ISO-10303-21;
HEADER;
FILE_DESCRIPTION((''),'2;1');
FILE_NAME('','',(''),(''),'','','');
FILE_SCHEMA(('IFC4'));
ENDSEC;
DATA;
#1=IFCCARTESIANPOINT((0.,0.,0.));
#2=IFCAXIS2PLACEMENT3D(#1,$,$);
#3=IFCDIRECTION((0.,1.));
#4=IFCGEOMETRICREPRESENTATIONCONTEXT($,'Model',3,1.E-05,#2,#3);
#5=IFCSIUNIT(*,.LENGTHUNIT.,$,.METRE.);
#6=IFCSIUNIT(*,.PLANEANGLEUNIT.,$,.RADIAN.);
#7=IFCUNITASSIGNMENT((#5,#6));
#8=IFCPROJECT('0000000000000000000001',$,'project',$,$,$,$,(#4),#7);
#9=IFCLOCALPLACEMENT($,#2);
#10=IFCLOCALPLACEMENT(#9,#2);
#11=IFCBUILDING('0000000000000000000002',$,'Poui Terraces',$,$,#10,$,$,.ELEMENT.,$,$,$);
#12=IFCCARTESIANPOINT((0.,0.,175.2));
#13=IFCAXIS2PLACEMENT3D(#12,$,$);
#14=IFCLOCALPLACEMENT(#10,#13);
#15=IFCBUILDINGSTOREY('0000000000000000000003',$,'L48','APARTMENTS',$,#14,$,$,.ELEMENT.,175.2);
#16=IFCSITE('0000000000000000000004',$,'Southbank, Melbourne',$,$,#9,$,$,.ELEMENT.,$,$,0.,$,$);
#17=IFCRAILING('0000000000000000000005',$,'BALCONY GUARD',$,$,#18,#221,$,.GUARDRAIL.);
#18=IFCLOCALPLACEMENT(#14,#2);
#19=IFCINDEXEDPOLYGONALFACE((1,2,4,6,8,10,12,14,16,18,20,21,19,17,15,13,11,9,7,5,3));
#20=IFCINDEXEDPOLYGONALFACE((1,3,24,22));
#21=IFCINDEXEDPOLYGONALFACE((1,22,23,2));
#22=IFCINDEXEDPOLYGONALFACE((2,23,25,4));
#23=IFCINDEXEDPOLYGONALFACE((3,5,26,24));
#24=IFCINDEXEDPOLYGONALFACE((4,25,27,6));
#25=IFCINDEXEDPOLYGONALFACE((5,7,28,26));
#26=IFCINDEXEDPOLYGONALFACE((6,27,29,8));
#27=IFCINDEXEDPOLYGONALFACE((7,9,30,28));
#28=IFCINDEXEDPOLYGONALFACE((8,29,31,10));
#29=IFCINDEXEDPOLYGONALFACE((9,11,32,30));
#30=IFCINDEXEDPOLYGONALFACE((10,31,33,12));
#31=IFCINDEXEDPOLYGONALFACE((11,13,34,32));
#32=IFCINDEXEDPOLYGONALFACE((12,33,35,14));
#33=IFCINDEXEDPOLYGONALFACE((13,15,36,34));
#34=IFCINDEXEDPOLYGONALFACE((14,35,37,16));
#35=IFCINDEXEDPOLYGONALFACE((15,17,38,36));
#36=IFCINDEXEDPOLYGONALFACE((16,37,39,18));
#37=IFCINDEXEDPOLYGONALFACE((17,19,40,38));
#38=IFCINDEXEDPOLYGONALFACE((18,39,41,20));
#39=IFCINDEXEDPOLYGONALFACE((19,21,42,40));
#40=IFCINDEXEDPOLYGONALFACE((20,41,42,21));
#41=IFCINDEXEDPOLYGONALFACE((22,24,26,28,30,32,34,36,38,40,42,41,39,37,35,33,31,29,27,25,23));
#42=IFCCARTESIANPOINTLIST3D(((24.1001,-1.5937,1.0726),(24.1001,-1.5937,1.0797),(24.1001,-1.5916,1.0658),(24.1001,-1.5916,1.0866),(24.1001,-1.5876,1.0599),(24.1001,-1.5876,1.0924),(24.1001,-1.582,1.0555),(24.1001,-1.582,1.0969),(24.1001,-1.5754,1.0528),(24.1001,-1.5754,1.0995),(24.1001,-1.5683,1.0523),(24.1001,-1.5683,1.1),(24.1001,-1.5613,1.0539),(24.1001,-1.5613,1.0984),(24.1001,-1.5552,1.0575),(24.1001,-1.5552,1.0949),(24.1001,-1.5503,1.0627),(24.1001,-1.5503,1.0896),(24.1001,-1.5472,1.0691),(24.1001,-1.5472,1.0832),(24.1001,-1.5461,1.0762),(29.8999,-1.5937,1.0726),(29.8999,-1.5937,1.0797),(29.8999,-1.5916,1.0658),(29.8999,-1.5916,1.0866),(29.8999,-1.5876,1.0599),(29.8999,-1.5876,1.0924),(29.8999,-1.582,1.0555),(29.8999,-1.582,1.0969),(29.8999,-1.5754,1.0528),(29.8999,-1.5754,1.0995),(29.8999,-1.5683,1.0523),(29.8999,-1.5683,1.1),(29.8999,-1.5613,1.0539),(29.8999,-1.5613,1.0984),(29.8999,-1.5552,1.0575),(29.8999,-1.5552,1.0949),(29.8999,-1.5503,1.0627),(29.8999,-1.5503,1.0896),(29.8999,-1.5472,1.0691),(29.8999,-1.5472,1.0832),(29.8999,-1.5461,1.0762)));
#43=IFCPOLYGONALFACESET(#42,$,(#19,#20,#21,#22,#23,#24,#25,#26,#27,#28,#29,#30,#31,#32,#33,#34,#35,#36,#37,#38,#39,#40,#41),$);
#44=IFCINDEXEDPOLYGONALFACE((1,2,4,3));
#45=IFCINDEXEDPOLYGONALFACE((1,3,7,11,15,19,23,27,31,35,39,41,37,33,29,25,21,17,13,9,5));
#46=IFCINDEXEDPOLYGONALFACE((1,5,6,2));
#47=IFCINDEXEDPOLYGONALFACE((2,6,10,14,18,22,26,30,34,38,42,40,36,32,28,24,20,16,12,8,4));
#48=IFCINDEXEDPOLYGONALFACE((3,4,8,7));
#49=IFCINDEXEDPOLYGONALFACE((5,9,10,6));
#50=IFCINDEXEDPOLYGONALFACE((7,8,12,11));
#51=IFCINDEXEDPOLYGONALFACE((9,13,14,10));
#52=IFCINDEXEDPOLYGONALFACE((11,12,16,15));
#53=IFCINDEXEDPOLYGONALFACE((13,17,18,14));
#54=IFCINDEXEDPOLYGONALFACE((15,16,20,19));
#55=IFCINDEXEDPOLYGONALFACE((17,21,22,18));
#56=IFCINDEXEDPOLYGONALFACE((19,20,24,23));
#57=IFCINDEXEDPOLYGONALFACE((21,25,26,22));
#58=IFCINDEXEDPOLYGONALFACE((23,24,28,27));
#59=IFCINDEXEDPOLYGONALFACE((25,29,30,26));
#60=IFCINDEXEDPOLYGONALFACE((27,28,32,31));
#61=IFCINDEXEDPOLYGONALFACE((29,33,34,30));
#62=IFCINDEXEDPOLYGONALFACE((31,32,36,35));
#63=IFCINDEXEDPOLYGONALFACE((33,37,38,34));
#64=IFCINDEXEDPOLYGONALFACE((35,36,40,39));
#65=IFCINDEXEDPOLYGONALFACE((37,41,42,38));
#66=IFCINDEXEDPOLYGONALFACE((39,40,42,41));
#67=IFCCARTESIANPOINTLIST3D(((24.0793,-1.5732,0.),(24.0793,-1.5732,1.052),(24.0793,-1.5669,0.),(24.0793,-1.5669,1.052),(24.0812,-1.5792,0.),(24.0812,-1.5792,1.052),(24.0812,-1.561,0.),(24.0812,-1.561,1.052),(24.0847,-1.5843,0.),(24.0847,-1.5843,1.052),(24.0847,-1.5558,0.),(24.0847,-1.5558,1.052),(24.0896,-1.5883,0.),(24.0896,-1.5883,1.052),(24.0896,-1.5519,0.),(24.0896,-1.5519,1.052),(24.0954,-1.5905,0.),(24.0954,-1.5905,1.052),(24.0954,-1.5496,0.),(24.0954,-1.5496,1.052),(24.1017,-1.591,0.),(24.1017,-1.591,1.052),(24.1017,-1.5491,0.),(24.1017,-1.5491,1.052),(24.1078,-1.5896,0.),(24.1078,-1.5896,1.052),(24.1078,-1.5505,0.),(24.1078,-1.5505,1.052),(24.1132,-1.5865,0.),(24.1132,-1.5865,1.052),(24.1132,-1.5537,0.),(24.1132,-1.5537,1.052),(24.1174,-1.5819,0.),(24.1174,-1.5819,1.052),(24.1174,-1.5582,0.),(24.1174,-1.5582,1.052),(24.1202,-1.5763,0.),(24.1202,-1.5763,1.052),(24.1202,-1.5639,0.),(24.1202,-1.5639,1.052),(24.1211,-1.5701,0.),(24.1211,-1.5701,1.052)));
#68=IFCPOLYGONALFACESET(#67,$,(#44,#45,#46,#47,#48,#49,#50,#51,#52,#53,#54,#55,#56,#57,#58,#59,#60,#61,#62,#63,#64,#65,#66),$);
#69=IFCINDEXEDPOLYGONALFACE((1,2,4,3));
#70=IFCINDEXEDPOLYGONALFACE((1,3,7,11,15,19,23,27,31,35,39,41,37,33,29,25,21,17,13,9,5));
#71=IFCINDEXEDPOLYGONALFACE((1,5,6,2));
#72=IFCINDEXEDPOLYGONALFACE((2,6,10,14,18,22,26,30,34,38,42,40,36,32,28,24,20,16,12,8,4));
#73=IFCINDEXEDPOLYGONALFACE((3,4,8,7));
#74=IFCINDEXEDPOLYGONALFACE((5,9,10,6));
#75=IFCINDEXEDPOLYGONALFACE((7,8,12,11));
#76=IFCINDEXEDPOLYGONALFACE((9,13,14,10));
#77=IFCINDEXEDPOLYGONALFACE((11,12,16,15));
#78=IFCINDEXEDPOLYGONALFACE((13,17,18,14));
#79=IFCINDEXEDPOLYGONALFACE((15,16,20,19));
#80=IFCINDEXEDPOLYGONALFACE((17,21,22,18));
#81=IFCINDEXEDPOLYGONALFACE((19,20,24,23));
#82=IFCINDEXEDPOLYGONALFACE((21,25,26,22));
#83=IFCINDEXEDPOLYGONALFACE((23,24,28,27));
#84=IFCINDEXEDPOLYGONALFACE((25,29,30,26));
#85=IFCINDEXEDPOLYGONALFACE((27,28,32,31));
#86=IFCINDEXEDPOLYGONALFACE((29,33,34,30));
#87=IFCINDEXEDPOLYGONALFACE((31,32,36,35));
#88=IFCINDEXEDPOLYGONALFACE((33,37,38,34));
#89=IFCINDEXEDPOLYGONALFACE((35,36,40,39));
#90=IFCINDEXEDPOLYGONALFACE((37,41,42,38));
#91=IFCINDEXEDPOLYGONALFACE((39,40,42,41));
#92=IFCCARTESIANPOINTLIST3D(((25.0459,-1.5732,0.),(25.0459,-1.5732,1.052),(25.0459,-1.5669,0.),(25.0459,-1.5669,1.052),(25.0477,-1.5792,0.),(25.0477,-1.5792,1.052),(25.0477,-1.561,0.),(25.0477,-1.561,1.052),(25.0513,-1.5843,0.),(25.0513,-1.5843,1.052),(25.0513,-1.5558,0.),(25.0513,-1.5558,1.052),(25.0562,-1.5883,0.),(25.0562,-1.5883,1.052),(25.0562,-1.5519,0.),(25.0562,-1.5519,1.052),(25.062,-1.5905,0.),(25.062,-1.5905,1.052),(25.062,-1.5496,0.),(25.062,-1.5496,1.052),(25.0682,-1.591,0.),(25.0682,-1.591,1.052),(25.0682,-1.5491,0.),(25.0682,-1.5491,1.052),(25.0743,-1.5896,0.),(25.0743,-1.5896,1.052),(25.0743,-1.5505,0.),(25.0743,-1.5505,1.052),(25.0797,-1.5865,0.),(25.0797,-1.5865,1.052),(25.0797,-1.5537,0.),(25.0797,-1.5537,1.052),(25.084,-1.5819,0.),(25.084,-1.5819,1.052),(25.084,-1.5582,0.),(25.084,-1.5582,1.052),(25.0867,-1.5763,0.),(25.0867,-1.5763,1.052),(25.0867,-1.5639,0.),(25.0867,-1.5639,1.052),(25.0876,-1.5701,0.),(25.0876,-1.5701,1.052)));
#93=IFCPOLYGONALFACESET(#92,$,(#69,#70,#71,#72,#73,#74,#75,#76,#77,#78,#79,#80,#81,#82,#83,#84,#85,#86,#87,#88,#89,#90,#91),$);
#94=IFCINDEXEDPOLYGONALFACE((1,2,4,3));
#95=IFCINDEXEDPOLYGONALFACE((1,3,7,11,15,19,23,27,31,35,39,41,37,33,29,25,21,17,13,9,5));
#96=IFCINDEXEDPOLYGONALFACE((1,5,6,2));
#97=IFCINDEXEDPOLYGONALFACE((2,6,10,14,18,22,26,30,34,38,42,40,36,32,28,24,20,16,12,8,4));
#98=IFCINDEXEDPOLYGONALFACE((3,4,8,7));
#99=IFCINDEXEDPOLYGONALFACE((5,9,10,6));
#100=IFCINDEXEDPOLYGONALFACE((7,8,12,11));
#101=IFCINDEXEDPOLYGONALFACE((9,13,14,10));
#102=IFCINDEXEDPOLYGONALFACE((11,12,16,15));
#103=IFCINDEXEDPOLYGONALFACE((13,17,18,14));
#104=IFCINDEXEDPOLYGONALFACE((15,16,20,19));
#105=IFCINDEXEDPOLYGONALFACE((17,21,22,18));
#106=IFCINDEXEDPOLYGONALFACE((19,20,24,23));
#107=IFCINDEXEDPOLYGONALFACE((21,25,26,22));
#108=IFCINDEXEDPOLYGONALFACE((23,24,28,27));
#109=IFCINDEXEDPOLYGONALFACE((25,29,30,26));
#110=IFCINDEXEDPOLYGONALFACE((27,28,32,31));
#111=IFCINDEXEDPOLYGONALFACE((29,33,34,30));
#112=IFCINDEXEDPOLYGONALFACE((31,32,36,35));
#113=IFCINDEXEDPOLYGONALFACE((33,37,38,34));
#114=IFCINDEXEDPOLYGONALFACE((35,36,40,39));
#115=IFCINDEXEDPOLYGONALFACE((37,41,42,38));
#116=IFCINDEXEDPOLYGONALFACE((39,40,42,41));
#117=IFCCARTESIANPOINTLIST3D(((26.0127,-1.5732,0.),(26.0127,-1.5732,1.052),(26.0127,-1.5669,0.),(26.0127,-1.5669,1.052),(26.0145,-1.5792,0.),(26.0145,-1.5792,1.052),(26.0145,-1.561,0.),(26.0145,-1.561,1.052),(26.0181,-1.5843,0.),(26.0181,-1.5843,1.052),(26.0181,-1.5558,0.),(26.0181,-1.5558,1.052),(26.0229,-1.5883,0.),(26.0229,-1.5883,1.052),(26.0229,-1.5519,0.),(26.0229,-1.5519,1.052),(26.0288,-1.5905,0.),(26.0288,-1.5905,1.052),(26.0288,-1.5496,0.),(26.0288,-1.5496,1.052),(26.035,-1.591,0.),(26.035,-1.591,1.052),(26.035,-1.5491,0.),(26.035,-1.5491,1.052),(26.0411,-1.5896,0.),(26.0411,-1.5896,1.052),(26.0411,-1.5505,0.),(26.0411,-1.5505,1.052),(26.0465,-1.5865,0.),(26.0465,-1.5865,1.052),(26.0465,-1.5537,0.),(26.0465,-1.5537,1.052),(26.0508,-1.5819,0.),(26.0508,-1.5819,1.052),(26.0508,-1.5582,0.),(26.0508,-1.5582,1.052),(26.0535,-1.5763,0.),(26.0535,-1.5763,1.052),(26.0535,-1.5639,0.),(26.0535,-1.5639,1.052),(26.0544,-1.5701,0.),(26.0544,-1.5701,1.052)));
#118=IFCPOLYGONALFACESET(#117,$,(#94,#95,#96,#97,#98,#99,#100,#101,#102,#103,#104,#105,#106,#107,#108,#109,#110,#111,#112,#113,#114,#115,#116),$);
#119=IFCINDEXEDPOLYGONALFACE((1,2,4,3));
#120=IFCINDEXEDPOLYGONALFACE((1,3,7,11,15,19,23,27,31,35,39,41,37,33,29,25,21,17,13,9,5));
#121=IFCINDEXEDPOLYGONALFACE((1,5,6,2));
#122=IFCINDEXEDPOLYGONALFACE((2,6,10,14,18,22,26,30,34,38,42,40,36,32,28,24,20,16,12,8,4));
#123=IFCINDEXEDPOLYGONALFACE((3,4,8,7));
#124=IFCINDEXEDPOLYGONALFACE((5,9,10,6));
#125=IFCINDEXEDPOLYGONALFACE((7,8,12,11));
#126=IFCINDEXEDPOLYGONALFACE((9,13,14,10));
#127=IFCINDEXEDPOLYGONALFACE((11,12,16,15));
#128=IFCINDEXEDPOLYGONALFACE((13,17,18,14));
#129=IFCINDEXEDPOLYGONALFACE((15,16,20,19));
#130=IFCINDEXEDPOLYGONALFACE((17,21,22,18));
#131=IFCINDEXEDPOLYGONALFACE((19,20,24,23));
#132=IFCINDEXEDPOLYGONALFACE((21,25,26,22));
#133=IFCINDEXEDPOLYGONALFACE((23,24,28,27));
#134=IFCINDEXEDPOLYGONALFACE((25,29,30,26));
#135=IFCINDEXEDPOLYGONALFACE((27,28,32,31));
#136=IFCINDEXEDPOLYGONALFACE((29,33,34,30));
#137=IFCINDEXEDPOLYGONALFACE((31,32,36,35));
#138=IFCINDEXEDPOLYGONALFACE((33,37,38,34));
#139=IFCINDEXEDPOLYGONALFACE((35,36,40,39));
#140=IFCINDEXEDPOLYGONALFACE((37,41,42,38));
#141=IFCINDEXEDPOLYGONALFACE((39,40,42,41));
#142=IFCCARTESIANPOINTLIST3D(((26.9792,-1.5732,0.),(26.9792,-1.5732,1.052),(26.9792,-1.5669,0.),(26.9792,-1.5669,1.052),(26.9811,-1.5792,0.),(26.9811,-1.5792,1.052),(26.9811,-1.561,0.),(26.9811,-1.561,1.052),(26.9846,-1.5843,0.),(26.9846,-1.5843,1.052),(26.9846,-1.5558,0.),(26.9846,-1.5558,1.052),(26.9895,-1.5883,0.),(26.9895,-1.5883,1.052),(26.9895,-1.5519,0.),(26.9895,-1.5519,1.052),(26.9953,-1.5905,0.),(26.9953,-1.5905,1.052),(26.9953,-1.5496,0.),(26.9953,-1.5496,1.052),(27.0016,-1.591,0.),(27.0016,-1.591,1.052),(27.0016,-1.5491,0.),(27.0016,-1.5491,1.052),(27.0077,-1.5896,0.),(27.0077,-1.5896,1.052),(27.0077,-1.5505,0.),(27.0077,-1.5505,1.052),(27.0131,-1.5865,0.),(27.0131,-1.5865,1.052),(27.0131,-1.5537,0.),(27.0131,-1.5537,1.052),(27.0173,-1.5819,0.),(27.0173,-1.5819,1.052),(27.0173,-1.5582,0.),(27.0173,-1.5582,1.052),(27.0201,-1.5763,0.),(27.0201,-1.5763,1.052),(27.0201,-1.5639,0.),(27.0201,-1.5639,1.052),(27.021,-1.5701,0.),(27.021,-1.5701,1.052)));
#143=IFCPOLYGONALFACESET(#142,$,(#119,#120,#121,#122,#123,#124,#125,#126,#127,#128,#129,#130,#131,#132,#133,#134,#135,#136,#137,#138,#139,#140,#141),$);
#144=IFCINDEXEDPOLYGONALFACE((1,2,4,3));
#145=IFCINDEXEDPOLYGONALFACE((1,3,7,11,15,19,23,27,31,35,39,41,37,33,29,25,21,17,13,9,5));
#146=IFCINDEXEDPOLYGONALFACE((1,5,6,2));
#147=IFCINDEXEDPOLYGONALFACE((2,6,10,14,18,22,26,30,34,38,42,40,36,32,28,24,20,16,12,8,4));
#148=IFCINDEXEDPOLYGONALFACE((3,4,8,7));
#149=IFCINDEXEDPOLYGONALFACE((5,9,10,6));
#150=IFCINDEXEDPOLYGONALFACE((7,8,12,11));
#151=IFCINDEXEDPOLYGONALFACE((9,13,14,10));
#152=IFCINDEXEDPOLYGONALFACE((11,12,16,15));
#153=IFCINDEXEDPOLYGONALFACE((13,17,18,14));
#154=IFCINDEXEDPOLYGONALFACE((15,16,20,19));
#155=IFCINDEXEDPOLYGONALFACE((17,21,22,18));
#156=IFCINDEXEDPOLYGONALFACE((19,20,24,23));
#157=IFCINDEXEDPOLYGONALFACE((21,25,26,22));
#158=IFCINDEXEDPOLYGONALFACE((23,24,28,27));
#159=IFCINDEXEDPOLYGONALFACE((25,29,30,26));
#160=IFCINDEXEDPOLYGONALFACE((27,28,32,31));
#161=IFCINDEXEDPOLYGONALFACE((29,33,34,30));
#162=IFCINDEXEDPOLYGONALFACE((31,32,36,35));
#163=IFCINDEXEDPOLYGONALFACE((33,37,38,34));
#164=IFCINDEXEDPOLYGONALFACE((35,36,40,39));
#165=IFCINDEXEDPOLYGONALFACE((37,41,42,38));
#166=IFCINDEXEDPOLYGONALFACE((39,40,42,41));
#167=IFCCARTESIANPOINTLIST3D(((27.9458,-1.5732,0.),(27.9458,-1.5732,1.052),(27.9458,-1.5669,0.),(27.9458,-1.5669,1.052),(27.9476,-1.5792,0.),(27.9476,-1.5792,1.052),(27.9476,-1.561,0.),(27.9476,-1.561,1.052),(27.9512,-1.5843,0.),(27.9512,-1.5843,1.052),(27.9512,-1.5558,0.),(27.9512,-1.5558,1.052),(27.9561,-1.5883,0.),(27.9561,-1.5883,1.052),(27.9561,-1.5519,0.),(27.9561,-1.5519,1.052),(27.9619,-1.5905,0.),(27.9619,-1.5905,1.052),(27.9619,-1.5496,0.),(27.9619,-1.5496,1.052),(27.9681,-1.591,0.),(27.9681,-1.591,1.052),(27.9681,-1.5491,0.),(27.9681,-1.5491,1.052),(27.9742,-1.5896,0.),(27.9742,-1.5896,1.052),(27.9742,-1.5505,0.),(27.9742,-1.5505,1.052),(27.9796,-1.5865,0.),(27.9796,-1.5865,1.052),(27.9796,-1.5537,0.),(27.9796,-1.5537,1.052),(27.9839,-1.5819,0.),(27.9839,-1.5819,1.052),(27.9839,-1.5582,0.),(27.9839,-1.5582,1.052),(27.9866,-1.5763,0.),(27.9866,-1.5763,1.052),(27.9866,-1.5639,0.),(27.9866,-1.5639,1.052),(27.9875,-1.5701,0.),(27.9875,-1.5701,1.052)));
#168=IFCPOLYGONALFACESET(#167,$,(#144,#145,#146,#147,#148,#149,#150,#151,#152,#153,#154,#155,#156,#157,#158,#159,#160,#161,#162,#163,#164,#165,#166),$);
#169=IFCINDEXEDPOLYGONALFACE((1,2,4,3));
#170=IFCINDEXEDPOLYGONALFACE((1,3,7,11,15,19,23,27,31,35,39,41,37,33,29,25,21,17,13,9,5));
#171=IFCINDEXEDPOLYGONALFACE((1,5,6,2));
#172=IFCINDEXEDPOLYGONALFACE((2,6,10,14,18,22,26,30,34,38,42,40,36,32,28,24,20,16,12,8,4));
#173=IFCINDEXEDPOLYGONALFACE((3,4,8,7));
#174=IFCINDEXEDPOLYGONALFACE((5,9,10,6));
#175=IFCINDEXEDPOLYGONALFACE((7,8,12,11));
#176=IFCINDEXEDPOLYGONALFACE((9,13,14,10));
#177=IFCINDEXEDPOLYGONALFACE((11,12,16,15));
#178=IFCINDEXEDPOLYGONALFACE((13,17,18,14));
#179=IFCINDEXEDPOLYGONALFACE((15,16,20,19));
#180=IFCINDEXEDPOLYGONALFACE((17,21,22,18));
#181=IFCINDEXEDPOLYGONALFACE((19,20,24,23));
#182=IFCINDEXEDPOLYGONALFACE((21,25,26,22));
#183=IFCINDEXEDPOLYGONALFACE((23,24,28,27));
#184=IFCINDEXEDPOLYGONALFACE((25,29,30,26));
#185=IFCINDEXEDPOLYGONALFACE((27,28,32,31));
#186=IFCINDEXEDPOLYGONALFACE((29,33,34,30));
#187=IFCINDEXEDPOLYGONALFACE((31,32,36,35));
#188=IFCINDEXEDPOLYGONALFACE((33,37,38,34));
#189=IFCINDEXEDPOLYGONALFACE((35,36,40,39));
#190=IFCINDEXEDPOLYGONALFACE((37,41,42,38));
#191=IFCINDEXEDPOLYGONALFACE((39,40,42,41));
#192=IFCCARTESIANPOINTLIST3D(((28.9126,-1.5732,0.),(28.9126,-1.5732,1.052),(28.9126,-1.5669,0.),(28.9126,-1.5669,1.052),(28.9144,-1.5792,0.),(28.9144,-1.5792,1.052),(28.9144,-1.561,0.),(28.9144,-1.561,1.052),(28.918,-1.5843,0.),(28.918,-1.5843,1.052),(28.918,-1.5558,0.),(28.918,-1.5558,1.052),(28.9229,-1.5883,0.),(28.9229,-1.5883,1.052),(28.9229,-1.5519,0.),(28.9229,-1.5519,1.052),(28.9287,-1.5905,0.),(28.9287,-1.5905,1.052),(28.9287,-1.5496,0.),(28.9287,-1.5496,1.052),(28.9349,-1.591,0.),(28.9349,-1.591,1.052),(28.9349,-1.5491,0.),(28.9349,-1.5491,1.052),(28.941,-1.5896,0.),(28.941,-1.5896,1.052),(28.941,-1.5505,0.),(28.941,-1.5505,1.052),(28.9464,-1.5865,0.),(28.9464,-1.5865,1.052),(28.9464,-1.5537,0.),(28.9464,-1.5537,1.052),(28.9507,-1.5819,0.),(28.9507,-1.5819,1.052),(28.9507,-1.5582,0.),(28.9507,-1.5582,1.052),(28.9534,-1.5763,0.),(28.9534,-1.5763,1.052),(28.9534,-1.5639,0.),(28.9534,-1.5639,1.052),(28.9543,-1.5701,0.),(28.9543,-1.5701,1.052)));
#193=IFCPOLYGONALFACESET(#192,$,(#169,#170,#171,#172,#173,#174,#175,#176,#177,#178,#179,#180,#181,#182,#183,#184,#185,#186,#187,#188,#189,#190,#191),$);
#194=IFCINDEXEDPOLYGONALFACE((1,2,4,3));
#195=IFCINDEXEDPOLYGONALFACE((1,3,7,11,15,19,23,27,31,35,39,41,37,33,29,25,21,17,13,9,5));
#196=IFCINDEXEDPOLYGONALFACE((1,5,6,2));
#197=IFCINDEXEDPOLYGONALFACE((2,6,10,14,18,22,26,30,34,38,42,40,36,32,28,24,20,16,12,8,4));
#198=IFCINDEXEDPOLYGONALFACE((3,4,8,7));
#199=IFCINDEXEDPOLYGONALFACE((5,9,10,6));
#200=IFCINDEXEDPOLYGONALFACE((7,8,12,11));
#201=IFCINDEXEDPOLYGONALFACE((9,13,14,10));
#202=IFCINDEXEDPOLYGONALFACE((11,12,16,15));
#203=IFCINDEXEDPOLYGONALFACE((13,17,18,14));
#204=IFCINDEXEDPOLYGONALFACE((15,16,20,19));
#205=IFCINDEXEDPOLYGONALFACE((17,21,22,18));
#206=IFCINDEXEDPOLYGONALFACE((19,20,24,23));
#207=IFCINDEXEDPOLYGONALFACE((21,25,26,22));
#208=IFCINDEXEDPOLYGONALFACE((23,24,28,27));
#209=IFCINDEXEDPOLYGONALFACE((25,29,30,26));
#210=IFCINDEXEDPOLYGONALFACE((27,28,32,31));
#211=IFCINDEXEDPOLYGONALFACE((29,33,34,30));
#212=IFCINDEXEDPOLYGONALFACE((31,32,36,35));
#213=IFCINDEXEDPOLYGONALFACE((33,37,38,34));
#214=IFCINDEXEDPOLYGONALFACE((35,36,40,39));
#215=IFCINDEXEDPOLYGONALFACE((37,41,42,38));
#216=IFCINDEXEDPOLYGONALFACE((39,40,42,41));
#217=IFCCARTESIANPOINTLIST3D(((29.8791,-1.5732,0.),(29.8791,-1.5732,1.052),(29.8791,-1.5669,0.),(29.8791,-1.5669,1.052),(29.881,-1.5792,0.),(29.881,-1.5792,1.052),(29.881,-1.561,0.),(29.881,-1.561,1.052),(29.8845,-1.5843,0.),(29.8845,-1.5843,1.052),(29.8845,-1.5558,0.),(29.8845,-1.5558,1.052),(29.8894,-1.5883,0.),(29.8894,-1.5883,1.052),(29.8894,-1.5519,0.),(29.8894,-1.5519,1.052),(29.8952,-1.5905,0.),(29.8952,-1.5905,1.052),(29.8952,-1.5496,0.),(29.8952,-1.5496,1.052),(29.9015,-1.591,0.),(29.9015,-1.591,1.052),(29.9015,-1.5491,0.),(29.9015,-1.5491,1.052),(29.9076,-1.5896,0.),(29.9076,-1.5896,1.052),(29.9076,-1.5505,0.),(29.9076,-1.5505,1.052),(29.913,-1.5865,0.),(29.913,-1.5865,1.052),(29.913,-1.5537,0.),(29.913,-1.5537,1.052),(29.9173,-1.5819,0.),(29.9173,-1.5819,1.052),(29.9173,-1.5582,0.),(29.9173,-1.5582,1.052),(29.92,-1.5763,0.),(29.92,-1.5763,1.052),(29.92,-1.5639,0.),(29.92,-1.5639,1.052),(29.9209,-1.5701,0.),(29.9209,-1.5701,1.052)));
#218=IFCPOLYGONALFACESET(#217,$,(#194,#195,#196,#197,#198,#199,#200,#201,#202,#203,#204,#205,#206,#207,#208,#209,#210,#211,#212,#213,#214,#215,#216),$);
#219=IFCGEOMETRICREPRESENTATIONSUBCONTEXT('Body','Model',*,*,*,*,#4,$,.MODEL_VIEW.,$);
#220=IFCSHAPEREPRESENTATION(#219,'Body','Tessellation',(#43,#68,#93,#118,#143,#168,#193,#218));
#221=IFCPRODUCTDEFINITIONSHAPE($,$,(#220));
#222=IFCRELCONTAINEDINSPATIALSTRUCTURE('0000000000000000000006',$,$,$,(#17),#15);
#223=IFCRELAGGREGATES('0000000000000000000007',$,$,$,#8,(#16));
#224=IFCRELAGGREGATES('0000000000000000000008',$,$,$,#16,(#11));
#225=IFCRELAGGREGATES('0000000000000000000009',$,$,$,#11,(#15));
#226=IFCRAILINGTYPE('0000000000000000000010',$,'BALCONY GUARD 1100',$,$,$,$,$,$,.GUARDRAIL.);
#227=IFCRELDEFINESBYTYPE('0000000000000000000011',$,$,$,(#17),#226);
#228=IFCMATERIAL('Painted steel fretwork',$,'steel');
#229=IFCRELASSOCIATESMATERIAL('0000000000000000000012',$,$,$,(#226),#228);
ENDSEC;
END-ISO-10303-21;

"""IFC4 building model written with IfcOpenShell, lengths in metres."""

from ifc_helpers import new_model, si_unit, direction, frame, origin, origin_2d, place, context, subcontext, project, spatial, circle, extrude, material, type_object, element, save


model = new_model("IFC4")

# Units and contexts
model_context = context("Model", 3, precision=1e-05, world=origin(), true_north=direction((0.0, 1.0)))
body_context = subcontext(model_context, "Body", "Model", "MODEL_VIEW")
ifc_project = project(units=[si_unit("LENGTHUNIT", "METRE"), si_unit("PLANEANGLEUNIT", "RADIAN")], contexts=[model_context])

# Site, building, storey
site_placement = place(None, origin())
site = spatial("IfcSite", under=ifc_project, at=site_placement, Name="Southbank, Melbourne", CompositionType="ELEMENT", RefElevation=0.0)
building_placement = place(site_placement, origin())
building = spatial("IfcBuilding", under=site, at=building_placement, Name="Poui Terraces", CompositionType="ELEMENT")
storey_placement = place(building_placement, frame((0.0, 0.0, 175.2)))
storey = spatial("IfcBuildingStorey", under=building, at=storey_placement, Name="L48", Description="APARTMENTS", CompositionType="ELEMENT", Elevation=175.2)

# Railing
ifc_material_1 = material(Name="Painted steel fretwork", Category="steel")
railing_type = type_object("IfcRailingType", Name="BALCONY GUARD 1100", PredefinedType="GUARDRAIL", material=ifc_material_1)
railing_placement = place(storey_placement, frame((24.1001, -1.5701, 0.0)))
element("IfcRailing", 1, at=railing_placement, inside=storey, type_object=railing_type, Name="BALCONY GUARD", PredefinedType="GUARDRAIL", context=body_context, shape_type="SweptSolid", body=[
    extrude(circle(Radius=0.0239, at=origin_2d()), frame((0.0, 0.0, 1.0762), z_axis=(1.0, 0.0, 0.0), x_axis=(0.0, 1.0, 0.0)), (0.0, 0.0, 1.0), 5.7998),
    extrude(circle(Radius=0.021, at=origin_2d()), origin(), (0.0, 0.0, 1.0), 1.052),
    extrude(circle(Radius=0.021, at=origin_2d()), frame((0.9666, 0.0, 0.0)), (0.0, 0.0, 1.0), 1.052),
    extrude(circle(Radius=0.021, at=origin_2d()), frame((1.9333, 0.0, 0.0)), (0.0, 0.0, 1.0), 1.052),
    extrude(circle(Radius=0.021, at=origin_2d()), frame((2.8999, 0.0, 0.0)), (0.0, 0.0, 1.0), 1.052),
    extrude(circle(Radius=0.021, at=origin_2d()), frame((3.8665, 0.0, 0.0)), (0.0, 0.0, 1.0), 1.052),
    extrude(circle(Radius=0.021, at=origin_2d()), frame((4.8333, 0.0, 0.0)), (0.0, 0.0, 1.0), 1.052),
    extrude(circle(Radius=0.021, at=origin_2d()), frame((5.7998, 0.0, 0.0)), (0.0, 0.0, 1.0), 1.052),
])

save(model, "model.ifc")
